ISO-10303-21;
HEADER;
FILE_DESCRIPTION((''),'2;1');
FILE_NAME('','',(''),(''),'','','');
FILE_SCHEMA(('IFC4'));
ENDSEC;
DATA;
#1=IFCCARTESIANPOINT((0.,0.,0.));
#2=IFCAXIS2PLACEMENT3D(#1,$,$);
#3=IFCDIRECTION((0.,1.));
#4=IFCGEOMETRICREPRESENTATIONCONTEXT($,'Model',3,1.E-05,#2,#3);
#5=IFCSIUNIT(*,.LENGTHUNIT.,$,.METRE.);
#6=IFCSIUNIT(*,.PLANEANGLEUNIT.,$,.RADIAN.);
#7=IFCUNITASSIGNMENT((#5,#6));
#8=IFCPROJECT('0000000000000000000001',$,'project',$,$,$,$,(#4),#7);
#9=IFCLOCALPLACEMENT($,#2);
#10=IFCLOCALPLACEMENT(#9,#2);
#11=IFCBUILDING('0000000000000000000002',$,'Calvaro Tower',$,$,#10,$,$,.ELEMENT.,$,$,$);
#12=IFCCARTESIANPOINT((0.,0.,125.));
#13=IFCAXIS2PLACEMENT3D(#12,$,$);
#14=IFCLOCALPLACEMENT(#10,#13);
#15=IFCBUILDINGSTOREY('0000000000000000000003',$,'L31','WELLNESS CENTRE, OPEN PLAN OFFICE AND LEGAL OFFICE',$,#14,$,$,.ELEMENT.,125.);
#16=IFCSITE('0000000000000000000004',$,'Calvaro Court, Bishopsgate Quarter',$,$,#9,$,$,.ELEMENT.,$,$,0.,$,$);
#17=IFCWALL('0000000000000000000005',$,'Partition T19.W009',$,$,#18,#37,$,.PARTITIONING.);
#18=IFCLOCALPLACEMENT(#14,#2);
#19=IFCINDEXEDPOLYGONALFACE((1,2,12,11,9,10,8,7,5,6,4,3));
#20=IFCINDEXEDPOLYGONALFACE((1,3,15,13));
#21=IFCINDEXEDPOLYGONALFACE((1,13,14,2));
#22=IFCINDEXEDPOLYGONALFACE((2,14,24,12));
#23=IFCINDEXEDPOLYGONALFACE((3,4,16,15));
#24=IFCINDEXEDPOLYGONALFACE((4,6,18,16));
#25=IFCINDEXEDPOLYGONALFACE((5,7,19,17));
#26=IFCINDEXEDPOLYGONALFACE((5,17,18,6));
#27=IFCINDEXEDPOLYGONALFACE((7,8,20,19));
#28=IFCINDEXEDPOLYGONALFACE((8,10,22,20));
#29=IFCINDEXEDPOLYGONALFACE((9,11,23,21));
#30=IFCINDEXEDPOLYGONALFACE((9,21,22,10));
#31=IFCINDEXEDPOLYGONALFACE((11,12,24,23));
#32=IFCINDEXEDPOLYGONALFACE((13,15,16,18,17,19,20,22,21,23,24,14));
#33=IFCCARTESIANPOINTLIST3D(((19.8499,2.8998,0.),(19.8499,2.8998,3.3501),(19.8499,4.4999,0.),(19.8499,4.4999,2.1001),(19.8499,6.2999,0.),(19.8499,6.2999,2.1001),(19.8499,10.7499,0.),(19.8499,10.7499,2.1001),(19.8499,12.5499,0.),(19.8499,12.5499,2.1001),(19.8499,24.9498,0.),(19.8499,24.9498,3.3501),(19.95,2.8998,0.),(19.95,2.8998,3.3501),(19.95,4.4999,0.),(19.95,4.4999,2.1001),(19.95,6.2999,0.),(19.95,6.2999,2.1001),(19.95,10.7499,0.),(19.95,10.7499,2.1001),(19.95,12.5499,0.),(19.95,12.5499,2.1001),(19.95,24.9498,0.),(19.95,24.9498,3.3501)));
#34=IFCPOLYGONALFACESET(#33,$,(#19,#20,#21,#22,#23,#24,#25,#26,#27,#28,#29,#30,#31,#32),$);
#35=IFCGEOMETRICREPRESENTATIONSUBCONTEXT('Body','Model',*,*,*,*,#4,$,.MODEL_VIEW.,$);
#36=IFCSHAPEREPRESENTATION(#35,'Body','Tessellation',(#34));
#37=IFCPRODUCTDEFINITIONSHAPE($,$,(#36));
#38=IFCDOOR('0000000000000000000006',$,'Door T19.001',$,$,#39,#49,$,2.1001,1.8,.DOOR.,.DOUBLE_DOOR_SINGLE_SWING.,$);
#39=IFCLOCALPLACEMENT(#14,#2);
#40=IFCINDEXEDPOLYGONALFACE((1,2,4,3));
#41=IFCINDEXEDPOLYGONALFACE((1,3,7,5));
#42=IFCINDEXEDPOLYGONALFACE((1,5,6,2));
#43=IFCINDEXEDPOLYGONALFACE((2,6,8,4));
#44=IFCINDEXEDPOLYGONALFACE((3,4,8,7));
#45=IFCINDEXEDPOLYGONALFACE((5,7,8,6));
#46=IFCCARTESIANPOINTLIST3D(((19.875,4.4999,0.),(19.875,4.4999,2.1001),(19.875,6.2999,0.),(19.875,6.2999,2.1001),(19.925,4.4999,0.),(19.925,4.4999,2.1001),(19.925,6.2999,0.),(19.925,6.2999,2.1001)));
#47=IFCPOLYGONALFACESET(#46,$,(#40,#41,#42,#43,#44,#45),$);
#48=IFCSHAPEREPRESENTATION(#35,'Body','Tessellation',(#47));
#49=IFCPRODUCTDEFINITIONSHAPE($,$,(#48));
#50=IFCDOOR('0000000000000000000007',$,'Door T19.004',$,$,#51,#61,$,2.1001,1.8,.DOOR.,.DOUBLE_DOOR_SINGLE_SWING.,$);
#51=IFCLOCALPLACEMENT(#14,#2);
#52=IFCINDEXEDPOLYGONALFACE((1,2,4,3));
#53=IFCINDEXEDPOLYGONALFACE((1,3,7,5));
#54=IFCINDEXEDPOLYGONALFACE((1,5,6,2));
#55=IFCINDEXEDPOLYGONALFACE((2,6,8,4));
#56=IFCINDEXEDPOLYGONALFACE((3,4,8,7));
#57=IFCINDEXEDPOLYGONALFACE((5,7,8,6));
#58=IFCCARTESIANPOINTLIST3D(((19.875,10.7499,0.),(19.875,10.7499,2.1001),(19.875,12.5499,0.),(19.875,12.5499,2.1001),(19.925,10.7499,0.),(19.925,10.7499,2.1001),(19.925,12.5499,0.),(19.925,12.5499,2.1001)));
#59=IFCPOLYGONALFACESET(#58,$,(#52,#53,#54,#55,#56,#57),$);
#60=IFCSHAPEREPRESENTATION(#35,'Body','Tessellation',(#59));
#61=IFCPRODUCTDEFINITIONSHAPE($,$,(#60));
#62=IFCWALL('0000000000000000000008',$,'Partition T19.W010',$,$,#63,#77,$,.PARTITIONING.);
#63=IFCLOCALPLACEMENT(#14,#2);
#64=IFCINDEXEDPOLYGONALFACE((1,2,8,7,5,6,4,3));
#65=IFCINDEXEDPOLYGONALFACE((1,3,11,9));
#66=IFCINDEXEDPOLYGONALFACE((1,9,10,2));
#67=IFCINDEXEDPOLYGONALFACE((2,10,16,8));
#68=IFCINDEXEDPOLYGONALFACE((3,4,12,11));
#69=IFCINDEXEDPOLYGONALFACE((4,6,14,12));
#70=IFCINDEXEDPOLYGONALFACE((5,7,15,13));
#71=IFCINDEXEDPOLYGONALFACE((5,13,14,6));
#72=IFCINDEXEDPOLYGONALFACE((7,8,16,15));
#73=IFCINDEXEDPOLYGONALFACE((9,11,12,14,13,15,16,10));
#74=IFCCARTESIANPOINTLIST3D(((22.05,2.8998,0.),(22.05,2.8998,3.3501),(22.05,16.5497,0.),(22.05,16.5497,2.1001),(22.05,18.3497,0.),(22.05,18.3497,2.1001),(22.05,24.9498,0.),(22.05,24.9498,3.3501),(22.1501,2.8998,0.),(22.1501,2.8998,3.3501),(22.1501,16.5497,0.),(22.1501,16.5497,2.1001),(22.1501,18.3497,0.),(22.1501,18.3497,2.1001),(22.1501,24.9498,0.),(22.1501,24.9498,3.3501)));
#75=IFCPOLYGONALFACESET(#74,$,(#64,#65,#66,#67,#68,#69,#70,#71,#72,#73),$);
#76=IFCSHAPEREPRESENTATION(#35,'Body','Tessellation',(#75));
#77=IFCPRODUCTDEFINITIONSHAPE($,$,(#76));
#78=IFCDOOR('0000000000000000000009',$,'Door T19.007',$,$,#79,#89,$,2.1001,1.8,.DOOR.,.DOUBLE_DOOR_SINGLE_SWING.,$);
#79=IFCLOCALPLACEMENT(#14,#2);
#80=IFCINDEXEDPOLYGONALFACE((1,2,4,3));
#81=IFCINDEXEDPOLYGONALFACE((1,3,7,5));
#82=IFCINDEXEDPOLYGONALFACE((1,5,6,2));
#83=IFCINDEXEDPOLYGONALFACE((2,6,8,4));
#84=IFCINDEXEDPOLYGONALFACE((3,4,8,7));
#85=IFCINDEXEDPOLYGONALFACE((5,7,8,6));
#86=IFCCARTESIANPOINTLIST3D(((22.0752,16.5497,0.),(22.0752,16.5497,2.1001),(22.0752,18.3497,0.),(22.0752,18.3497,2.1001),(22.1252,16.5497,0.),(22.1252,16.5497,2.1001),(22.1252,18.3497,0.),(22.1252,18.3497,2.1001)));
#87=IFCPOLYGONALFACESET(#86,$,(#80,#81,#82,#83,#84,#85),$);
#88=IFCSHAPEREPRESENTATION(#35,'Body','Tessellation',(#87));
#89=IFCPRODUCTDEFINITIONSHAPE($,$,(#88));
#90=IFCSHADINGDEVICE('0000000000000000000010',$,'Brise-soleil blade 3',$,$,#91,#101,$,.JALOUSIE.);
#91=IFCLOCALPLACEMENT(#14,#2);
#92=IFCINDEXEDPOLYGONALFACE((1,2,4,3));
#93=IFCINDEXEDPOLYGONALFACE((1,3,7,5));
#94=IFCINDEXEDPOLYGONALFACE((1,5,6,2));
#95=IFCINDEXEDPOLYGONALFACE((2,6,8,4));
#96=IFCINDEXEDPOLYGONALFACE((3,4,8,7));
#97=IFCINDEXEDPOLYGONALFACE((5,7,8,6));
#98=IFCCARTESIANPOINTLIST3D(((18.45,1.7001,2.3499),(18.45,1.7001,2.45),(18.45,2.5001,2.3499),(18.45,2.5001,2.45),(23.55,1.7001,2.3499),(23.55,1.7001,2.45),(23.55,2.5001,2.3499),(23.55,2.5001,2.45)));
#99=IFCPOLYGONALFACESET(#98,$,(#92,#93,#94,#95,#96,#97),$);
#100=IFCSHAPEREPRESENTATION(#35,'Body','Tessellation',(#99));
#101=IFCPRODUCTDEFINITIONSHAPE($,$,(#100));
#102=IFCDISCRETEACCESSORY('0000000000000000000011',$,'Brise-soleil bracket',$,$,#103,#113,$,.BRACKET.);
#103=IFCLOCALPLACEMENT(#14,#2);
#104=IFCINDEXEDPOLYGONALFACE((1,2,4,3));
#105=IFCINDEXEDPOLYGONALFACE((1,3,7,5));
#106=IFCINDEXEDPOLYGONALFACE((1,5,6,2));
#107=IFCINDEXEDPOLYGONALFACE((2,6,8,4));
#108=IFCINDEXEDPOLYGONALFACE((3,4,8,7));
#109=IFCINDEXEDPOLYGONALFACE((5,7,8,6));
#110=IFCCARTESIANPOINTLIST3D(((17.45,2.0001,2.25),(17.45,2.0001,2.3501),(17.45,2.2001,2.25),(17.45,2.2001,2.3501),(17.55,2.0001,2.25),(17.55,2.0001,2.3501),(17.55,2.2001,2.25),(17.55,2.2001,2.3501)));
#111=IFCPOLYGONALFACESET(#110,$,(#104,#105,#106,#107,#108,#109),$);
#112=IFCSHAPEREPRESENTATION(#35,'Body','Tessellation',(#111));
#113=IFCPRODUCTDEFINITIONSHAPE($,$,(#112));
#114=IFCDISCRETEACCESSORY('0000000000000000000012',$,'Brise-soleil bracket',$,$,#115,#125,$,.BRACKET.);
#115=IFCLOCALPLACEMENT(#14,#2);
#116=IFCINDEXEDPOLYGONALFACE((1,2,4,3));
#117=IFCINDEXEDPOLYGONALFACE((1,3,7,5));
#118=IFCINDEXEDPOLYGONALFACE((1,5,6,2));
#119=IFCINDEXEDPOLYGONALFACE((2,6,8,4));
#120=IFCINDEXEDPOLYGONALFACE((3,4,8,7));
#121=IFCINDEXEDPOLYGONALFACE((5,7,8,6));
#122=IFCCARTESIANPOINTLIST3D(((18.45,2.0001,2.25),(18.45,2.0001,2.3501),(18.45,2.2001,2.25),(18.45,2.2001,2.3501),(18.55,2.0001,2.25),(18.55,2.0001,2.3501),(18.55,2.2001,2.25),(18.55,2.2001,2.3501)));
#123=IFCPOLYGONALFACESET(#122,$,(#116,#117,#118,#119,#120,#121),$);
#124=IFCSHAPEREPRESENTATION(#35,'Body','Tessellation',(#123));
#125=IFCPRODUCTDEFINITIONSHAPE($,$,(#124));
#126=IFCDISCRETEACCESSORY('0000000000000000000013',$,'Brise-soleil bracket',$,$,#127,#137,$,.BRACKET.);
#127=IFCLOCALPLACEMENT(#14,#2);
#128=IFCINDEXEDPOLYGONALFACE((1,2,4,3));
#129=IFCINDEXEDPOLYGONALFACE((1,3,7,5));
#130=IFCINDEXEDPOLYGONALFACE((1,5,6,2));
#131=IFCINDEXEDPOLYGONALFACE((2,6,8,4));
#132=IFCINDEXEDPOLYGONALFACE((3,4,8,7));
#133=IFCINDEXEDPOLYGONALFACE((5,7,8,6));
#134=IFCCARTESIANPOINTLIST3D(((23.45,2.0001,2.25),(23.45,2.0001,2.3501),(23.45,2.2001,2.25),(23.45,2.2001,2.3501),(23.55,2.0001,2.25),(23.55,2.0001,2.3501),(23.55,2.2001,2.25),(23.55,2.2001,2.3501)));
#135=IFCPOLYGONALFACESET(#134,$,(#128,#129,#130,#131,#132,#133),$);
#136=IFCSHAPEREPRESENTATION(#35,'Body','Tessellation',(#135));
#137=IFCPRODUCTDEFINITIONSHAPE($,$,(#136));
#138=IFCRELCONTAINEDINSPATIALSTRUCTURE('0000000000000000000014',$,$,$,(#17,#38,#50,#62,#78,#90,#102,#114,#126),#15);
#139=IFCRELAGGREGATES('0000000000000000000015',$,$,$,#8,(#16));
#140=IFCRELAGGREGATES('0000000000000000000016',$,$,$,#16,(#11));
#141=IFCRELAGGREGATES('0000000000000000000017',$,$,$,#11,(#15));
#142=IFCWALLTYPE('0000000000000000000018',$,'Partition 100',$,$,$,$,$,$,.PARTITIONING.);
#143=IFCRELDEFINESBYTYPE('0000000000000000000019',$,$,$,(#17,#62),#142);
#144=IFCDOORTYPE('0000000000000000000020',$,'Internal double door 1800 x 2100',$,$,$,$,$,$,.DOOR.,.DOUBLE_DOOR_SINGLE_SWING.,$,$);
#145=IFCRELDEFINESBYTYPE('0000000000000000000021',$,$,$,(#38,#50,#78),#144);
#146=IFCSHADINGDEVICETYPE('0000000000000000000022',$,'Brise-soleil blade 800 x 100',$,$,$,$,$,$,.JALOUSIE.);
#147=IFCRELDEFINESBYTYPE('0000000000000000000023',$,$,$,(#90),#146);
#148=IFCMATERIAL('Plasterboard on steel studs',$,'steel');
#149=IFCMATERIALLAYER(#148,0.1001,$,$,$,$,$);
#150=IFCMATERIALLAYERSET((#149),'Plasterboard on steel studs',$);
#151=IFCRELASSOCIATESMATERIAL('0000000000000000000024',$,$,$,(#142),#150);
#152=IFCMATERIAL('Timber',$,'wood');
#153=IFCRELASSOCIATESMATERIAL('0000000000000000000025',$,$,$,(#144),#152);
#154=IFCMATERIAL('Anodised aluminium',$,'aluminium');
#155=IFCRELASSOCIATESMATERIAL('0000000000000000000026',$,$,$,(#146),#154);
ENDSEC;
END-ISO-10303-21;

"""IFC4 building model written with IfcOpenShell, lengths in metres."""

from ifc_helpers import new_model, si_unit, direction, frame, frame_2d, origin, origin_2d, place, context, subcontext, project, spatial, rectangle, extrude, material, layer, layer_set, material_profile, profile_set, type_object, element, fill, save


model = new_model("IFC4")

# Units and contexts
model_context = context("Model", 3, precision=1e-05, world=origin(), true_north=direction((0.0, 1.0)))
body_context = subcontext(model_context, "Body", "Model", "MODEL_VIEW")
ifc_project = project(units=[si_unit("LENGTHUNIT", "METRE"), si_unit("PLANEANGLEUNIT", "RADIAN")], contexts=[model_context])

# Site, building, storey
site_placement = place(None, origin())
site = spatial("IfcSite", under=ifc_project, at=site_placement, Name="Calvaro Court, Bishopsgate Quarter", CompositionType="ELEMENT", RefElevation=0.0)
building_placement = place(site_placement, origin())
building = spatial("IfcBuilding", under=site, at=building_placement, Name="Calvaro Tower", CompositionType="ELEMENT")
storey_placement = place(building_placement, frame((0.0, 0.0, 125.0)))
storey = spatial("IfcBuildingStorey", under=building, at=storey_placement, Name="L31", Description="WELLNESS CENTRE, OPEN PLAN OFFICE AND LEGAL OFFICE", CompositionType="ELEMENT", Elevation=125.0)

# Wall, openings, doors
ifc_material_1 = material(Name="Plasterboard on steel studs", Category="steel")
ifc_layer_1 = layer(ifc_material_1, 0.1001)
ifc_layer_set_1 = layer_set([ifc_layer_1], Name="Plasterboard on steel studs")
wall_type = type_object("IfcWallType", Name="Partition 100", PredefinedType="PARTITIONING", material=ifc_layer_set_1)
wall_1_placement = place(storey_placement, frame((19.8999, 2.8999, 0.0), z_axis=(0.0, 0.0, 1.0), x_axis=(0.0, 1.0, 0.0)))
wall_1 = element("IfcWall", 1, at=wall_1_placement, inside=storey, type_object=wall_type, Name="Partition T19.W009", PredefinedType="PARTITIONING", context=body_context, shape_type="SweptSolid", body=[
    extrude(rectangle(XDim=22.05, YDim=0.1001, at=frame_2d((11.0249, 0.0))), origin(), (0.0, 0.0, 1.0), 3.3501),
])
opening_1_placement = place(wall_1_placement, frame((1.6001, 0.0, 0.0)))
opening_1 = element("IfcOpeningElement", 2, at=opening_1_placement, cuts=wall_1, PredefinedType="OPENING", context=body_context, shape_type="SweptSolid", body=[
    extrude(rectangle(XDim=1.8, YDim=2.1001, at=frame_2d((0.8999, 1.05))), frame((0.0, 0.0601, 0.0), z_axis=(0.0, -1.0, 0.0), x_axis=(1.0, 0.0, 0.0)), (0.0, 0.0, 1.0), 0.1201),
])
opening_2_placement = place(wall_1_placement, frame((7.8501, 0.0, 0.0)))
opening_2 = element("IfcOpeningElement", 3, at=opening_2_placement, cuts=wall_1, PredefinedType="OPENING", context=body_context, shape_type="SweptSolid", body=[
    extrude(rectangle(XDim=1.8, YDim=2.1001, at=frame_2d((0.8999, 1.05))), frame((0.0, 0.0601, 0.0), z_axis=(0.0, -1.0, 0.0), x_axis=(1.0, 0.0, 0.0)), (0.0, 0.0, 1.0), 0.1201),
])
ifc_material_2 = material(Name="Timber", Category="wood")
door_type = type_object("IfcDoorType", Name="Internal double door 1800 x 2100", OperationType="DOUBLE_DOOR_SINGLE_SWING", PredefinedType="DOOR", material=ifc_material_2)
door_1_placement = place(opening_1_placement, origin())
door_1 = element("IfcDoor", 4, at=door_1_placement, inside=storey, type_object=door_type, Name="Door T19.001", OperationType="DOUBLE_DOOR_SINGLE_SWING", OverallHeight=2.1001, OverallWidth=1.8, PredefinedType="DOOR", context=body_context, shape_type="SweptSolid", body=[
    extrude(rectangle(XDim=1.8, YDim=2.1001, at=frame_2d((0.8999, 1.05))), frame((0.0, 0.0249, 0.0), z_axis=(0.0, -1.0, 0.0), x_axis=(1.0, 0.0, 0.0)), (0.0, 0.0, 1.0), 0.05),
])
fill(opening_1, door_1)
door_2_placement = place(opening_2_placement, origin())
door_2 = element("IfcDoor", 5, at=door_2_placement, inside=storey, type_object=door_type, Name="Door T19.004", OperationType="DOUBLE_DOOR_SINGLE_SWING", OverallHeight=2.1001, OverallWidth=1.8, PredefinedType="DOOR", context=body_context, shape_type="SweptSolid", body=[
    extrude(rectangle(XDim=1.8, YDim=2.1001, at=frame_2d((0.8999, 1.05))), frame((0.0, 0.0249, 0.0), z_axis=(0.0, -1.0, 0.0), x_axis=(1.0, 0.0, 0.0)), (0.0, 0.0, 1.0), 0.05),
])
fill(opening_2, door_2)

# Wall, opening, door
wall_2_placement = place(storey_placement, frame((22.1001, 2.8999, 0.0), z_axis=(0.0, 0.0, 1.0), x_axis=(0.0, 1.0, 0.0)))
wall_2 = element("IfcWall", 6, at=wall_2_placement, inside=storey, type_object=wall_type, Name="Partition T19.W010", PredefinedType="PARTITIONING", context=body_context, shape_type="SweptSolid", body=[
    extrude(rectangle(XDim=22.05, YDim=0.1001, at=frame_2d((11.0249, 0.0))), origin(), (0.0, 0.0, 1.0), 3.3501),
])
opening_3_placement = place(wall_2_placement, frame((13.6499, 0.0, 0.0)))
opening_3 = element("IfcOpeningElement", 7, at=opening_3_placement, cuts=wall_2, PredefinedType="OPENING", context=body_context, shape_type="SweptSolid", body=[
    extrude(rectangle(XDim=1.8, YDim=2.1001, at=frame_2d((0.8999, 1.05))), frame((0.0, 0.0601, 0.0), z_axis=(0.0, -1.0, 0.0), x_axis=(1.0, 0.0, 0.0)), (0.0, 0.0, 1.0), 0.1201),
])
door_3_placement = place(opening_3_placement, origin())
door_3 = element("IfcDoor", 8, at=door_3_placement, inside=storey, type_object=door_type, Name="Door T19.007", OperationType="DOUBLE_DOOR_SINGLE_SWING", OverallHeight=2.1001, OverallWidth=1.8, PredefinedType="DOOR", context=body_context, shape_type="SweptSolid", body=[
    extrude(rectangle(XDim=1.8, YDim=2.1001, at=frame_2d((0.8999, 1.05))), frame((0.0, 0.0249, 0.0), z_axis=(0.0, -1.0, 0.0), x_axis=(1.0, 0.0, 0.0)), (0.0, 0.0, 1.0), 0.05),
])
fill(opening_3, door_3)

# Shading device
ifc_material_3 = material(Name="Anodised aluminium", Category="aluminium")
ifc_material_profile_1 = material_profile(ifc_material_3, rectangle(XDim=0.8, YDim=0.1001, at=origin_2d()), Name="Brise-soleil blade 800 x 100")
ifc_profile_set_1 = profile_set([ifc_material_profile_1], Name="Anodised aluminium")
shading_device_type = type_object("IfcShadingDeviceType", Name="Brise-soleil blade 800 x 100", PredefinedType="JALOUSIE", material=ifc_profile_set_1)
shading_device_placement = place(storey_placement, frame((18.45, 2.1001, 2.3999), z_axis=(1.0, 0.0, 0.0), x_axis=(0.0, 1.0, 0.0)))
element("IfcShadingDevice", 9, at=shading_device_placement, inside=storey, type_object=shading_device_type, Name="Brise-soleil blade 3", PredefinedType="JALOUSIE", context=body_context, shape_type="SweptSolid", body=[
    extrude(rectangle(XDim=0.8, YDim=0.1001, at=origin_2d()), origin(), (0.0, 0.0, 1.0), 5.1001),
])

# Discrete accessories
for number, where, z_axis, x_axis, name in (
    (10, (17.5, 2.1001, 2.25), (0.0, 0.0, 1.0), (1.0, 0.0, 0.0), "Brise-soleil bracket"),
    (11, (18.5, 2.1001, 2.25), (0.0, 0.0, 1.0), (1.0, 0.0, 0.0), "Brise-soleil bracket"),
    (12, (23.5, 2.1001, 2.25), (0.0, 0.0, 1.0), (1.0, 0.0, 0.0), "Brise-soleil bracket"),
):
    element("IfcDiscreteAccessory", number, at=place(storey_placement, frame(where, z_axis=z_axis, x_axis=x_axis)), inside=storey, Name=name, PredefinedType="BRACKET", context=body_context, shape_type="SweptSolid", body=[
        extrude(rectangle(XDim=0.1001, YDim=0.2, at=origin_2d()), origin(), (0.0, 0.0, 1.0), 0.1001),
    ])

save(model, "model.ifc")
